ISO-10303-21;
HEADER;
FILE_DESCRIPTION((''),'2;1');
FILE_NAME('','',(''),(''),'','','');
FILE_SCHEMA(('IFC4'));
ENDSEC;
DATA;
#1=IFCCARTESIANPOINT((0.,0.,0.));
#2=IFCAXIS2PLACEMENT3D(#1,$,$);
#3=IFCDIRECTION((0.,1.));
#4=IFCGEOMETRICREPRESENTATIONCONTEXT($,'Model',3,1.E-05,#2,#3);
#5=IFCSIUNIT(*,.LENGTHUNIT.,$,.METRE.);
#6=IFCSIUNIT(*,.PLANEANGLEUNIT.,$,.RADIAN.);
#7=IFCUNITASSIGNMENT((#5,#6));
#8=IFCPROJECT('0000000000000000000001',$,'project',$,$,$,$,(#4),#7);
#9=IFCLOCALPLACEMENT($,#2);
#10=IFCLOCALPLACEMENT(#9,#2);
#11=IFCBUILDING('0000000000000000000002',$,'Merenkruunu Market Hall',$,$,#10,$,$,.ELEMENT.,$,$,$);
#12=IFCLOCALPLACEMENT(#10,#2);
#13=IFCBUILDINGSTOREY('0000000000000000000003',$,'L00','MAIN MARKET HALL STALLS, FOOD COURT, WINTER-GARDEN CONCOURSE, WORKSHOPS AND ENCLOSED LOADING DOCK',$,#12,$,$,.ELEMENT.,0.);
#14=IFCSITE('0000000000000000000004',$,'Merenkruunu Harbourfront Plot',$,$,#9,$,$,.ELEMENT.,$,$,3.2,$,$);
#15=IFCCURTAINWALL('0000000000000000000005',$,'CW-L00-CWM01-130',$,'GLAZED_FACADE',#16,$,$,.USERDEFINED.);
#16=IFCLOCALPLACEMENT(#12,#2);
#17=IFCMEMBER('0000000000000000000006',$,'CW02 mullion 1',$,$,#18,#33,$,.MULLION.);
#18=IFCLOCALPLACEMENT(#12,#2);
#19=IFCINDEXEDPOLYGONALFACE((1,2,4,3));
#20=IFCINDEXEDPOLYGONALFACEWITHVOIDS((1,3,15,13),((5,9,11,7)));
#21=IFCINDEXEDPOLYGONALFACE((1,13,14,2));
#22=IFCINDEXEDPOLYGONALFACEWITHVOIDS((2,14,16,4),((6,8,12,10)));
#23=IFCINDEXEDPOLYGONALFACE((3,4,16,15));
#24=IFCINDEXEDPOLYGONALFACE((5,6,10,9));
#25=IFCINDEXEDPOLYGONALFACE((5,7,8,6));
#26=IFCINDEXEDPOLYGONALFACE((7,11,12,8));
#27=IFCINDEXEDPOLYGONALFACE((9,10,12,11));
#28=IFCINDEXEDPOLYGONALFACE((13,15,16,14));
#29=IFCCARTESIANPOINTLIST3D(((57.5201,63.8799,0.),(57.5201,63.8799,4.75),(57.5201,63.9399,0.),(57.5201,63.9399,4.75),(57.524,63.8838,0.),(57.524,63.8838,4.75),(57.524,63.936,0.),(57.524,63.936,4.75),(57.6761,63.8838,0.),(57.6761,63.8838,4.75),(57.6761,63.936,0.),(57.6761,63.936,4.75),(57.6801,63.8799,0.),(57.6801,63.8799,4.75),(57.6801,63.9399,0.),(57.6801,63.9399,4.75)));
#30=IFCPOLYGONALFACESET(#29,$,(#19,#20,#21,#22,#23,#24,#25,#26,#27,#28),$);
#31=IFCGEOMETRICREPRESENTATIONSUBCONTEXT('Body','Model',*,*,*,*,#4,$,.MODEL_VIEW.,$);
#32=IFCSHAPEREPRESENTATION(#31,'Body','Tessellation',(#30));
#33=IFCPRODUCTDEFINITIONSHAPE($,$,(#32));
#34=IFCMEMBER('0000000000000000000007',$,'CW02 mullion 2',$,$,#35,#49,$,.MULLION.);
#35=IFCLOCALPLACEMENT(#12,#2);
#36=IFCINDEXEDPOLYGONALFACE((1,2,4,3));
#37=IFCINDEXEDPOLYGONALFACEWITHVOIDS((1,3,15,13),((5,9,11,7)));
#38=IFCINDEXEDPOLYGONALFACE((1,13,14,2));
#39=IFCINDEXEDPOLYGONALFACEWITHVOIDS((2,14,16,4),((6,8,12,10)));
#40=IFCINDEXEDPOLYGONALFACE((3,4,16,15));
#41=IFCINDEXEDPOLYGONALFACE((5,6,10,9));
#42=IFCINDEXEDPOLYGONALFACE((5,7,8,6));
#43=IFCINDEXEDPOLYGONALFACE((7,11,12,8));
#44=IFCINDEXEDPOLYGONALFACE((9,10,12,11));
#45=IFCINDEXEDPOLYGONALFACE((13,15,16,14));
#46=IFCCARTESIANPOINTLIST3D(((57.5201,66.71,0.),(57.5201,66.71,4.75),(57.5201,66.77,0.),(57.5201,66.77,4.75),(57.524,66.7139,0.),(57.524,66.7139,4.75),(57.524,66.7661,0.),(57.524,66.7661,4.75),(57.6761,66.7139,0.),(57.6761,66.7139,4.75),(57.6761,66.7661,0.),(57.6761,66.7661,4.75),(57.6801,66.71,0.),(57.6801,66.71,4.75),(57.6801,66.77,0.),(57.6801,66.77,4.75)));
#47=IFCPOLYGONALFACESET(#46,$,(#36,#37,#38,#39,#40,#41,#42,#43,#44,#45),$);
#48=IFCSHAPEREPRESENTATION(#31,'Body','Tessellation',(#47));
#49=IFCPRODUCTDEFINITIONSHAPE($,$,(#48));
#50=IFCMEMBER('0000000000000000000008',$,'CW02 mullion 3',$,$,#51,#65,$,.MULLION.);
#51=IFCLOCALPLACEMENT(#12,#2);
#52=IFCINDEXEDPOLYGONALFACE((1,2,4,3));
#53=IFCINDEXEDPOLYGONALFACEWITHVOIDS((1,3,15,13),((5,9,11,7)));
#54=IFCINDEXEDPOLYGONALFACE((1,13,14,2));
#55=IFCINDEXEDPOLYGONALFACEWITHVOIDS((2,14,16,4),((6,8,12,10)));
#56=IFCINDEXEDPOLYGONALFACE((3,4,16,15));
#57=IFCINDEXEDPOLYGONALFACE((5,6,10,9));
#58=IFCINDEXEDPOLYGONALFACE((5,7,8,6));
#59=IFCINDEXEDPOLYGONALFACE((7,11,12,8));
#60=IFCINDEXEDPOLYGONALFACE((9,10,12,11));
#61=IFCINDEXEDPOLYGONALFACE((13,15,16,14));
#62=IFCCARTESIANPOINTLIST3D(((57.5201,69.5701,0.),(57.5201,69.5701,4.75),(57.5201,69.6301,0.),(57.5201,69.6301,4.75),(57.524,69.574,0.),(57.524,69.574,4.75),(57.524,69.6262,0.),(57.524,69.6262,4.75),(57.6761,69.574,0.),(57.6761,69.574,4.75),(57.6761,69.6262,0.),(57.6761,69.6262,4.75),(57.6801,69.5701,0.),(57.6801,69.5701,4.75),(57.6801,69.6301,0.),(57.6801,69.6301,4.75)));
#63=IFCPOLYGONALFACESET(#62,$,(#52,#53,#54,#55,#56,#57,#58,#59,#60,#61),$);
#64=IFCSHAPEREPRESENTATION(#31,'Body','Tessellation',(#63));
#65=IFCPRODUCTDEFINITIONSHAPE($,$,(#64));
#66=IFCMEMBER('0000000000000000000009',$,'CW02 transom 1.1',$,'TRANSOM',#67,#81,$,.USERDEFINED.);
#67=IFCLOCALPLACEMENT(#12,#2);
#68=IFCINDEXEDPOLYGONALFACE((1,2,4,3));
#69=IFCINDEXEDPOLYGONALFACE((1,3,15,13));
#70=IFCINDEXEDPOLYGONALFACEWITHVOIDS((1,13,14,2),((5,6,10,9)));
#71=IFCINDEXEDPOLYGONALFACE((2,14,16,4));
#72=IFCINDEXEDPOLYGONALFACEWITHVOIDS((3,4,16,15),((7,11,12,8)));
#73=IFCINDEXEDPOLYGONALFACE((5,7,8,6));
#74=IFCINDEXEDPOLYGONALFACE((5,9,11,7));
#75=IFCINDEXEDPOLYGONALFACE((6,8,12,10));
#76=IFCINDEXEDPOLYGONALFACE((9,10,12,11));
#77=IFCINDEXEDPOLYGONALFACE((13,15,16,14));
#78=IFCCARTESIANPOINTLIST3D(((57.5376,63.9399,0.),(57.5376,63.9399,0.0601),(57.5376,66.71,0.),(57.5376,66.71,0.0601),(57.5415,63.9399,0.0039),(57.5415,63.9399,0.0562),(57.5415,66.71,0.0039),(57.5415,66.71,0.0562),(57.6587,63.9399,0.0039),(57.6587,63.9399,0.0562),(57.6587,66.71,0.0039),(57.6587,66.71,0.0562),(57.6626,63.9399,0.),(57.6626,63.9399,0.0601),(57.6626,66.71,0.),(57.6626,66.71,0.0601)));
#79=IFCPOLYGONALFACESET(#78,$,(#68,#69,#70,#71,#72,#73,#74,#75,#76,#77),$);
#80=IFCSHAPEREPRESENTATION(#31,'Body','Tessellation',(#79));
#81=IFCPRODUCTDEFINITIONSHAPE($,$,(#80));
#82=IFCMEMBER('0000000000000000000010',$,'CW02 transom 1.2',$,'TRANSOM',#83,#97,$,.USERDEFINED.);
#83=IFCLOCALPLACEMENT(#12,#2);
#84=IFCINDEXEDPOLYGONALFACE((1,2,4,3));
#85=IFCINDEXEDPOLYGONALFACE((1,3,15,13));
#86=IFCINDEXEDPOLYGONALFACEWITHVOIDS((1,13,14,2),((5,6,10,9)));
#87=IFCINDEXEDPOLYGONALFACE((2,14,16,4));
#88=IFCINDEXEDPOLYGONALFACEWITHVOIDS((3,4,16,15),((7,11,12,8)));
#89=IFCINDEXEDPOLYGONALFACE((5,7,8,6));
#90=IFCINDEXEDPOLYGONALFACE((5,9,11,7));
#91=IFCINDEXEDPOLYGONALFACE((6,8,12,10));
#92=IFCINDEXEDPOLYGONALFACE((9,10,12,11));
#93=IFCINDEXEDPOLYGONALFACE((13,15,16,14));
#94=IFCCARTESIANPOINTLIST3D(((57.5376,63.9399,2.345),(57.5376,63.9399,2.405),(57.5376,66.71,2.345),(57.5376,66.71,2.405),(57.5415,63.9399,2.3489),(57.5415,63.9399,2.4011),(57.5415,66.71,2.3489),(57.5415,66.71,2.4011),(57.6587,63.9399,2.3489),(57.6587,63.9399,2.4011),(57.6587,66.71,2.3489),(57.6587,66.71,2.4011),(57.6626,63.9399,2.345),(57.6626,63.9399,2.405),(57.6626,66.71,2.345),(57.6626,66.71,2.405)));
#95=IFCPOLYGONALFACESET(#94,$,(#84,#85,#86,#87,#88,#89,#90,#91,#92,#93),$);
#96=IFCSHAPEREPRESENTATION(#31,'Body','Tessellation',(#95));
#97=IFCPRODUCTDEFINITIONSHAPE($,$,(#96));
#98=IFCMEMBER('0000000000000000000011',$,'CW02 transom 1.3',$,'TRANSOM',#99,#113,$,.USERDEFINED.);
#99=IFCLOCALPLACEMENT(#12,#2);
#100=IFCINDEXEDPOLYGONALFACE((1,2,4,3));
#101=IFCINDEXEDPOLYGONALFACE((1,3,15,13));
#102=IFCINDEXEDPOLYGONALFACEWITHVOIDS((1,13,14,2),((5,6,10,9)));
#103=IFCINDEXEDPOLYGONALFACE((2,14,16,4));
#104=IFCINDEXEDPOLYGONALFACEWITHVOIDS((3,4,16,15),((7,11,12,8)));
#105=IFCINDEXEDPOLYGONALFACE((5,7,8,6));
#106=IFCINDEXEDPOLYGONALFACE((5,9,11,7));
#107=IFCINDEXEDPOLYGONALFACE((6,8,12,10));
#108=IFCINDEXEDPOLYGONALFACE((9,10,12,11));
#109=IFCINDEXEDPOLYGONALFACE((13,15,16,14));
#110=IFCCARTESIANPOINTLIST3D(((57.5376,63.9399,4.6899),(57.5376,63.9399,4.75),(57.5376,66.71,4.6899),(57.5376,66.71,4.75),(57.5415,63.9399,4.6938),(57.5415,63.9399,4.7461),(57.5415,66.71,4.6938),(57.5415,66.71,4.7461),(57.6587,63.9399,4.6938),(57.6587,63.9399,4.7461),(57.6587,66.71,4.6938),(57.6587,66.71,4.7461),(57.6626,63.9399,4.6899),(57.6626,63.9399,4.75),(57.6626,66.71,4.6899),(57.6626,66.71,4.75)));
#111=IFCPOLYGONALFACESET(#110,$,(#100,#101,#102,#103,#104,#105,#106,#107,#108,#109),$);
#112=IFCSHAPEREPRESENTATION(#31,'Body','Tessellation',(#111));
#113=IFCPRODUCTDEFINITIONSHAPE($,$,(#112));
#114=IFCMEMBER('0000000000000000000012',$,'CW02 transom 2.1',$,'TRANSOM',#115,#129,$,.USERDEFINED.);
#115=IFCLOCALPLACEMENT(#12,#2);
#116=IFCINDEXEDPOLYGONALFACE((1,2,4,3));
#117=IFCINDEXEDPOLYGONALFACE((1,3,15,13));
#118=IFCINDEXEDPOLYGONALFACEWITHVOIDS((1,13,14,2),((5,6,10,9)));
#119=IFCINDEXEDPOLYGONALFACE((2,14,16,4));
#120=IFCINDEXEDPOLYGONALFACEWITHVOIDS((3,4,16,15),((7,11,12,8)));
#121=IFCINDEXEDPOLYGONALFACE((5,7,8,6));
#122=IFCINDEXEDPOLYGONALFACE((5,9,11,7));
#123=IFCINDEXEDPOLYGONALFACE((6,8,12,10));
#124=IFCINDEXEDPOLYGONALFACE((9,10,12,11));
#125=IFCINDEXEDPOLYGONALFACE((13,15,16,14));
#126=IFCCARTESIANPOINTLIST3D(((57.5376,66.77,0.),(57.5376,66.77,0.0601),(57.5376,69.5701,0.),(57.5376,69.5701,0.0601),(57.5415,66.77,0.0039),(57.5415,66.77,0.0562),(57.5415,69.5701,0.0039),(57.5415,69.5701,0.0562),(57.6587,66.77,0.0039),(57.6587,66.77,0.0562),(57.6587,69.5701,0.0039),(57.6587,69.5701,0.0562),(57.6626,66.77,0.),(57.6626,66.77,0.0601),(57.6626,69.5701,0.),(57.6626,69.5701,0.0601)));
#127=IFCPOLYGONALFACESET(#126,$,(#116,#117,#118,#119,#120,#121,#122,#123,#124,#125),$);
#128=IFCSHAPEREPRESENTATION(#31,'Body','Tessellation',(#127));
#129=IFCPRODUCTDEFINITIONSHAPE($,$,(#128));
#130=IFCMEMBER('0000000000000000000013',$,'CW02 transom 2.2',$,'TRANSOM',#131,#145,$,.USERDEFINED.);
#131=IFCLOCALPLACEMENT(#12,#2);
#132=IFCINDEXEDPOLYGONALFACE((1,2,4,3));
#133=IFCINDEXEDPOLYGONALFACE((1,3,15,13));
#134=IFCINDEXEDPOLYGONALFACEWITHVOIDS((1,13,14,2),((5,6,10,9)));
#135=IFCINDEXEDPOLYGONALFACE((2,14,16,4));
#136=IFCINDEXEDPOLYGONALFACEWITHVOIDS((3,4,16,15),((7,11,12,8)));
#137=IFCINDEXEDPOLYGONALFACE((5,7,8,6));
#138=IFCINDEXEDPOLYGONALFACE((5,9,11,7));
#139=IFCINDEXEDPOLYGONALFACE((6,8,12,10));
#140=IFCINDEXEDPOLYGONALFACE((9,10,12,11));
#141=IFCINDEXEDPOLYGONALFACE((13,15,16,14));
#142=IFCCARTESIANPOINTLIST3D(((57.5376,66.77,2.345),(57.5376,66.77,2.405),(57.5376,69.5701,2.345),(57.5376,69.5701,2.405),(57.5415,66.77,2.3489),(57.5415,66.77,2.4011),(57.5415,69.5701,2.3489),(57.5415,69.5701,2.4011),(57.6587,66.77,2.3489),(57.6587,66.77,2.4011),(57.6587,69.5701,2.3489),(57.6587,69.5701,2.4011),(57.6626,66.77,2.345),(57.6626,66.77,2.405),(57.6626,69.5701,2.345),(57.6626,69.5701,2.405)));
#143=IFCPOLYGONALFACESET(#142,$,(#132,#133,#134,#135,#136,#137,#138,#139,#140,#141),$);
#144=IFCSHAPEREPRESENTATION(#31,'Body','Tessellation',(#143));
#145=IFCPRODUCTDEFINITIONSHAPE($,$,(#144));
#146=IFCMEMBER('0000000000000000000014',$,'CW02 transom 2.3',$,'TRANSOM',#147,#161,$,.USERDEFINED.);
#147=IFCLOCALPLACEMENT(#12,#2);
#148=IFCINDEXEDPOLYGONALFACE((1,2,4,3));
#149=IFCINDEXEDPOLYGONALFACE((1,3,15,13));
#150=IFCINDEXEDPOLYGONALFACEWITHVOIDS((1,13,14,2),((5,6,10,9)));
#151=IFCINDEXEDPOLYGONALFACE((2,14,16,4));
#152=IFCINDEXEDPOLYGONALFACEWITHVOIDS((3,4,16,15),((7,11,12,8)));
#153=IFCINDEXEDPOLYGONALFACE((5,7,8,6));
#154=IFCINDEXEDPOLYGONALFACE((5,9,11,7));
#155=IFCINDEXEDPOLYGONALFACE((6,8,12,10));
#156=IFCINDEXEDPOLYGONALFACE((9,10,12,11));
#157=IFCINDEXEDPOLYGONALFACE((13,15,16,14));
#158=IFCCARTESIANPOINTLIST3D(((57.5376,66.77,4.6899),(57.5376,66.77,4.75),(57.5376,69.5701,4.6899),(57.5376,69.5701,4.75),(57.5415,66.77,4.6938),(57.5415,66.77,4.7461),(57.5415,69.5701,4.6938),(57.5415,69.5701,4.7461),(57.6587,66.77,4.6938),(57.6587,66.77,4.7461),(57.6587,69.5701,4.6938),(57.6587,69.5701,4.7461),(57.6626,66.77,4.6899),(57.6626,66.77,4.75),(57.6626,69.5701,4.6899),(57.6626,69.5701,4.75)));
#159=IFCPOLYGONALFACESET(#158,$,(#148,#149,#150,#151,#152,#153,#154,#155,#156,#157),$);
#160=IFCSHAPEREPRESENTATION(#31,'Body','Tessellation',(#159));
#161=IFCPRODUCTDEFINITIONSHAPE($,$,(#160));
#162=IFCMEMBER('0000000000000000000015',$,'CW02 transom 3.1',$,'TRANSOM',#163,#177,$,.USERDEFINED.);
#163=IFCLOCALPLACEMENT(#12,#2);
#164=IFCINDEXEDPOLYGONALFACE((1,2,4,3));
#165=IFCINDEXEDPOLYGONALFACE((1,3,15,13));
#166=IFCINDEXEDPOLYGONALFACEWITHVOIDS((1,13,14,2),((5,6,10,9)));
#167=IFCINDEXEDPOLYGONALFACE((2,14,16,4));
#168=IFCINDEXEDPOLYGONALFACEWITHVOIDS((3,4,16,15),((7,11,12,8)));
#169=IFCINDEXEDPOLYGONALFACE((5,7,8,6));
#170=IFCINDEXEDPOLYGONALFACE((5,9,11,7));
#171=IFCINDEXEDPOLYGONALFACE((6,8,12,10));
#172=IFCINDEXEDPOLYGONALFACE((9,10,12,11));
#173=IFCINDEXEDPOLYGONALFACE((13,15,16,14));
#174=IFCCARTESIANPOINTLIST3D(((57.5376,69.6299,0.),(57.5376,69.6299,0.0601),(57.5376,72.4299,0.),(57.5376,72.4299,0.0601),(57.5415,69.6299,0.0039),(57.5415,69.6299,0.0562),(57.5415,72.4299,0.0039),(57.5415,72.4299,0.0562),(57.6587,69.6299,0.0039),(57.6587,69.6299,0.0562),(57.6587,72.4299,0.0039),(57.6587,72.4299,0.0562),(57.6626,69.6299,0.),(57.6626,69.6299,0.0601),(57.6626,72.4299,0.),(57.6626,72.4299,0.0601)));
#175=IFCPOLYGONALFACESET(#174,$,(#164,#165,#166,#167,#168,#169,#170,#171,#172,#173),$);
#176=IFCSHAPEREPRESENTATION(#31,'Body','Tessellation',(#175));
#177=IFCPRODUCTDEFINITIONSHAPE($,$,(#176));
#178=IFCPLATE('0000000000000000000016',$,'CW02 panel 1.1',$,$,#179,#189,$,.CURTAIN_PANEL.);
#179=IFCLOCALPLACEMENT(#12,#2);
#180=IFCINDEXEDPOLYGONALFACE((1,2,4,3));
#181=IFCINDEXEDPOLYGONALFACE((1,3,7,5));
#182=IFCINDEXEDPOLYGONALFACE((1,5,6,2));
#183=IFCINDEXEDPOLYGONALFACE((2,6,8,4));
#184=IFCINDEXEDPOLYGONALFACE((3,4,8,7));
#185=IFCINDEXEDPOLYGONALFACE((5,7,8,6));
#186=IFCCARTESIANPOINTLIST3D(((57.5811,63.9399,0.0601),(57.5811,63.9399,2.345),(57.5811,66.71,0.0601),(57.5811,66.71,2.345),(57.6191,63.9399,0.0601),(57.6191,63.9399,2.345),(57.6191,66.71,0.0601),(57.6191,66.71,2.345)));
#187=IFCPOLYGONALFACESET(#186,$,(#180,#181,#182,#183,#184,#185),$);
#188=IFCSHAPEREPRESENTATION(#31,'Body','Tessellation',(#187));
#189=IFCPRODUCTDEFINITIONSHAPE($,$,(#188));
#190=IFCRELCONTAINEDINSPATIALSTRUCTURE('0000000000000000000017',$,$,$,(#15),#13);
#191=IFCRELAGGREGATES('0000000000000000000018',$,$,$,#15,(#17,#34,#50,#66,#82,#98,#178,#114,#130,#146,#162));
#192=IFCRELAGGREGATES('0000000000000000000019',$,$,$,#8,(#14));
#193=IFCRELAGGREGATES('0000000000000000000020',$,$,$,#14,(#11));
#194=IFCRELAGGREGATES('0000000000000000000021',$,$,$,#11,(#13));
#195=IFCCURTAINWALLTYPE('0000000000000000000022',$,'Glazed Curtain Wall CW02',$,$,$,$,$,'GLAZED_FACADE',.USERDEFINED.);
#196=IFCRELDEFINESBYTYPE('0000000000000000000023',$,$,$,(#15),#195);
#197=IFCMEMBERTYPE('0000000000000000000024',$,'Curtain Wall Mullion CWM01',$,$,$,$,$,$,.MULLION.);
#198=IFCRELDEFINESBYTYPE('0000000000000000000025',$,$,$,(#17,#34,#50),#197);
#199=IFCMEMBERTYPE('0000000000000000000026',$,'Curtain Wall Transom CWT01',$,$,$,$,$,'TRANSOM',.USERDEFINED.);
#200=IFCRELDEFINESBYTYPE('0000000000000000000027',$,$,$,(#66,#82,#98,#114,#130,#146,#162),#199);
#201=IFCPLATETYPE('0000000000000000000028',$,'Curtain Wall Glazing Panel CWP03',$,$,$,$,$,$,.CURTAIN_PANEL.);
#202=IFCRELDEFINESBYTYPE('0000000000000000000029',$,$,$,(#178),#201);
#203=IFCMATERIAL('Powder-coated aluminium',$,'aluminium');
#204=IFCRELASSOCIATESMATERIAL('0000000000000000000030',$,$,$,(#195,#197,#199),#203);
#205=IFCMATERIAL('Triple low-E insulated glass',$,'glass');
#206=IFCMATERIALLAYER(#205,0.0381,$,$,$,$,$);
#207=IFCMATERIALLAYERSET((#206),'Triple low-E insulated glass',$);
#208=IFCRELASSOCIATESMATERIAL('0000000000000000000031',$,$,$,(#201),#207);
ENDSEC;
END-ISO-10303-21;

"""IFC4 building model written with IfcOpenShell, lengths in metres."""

from ifc_helpers import new_model, si_unit, direction, frame, origin, origin_2d, place, context, subcontext, project, spatial, rectangle, hollow_rectangle, extrude, material, layer, layer_set, material_profile, profile_set, type_object, element, aggregate, save


model = new_model("IFC4")

# Units and contexts
model_context = context("Model", 3, precision=1e-05, world=origin(), true_north=direction((0.0, 1.0)))
body_context = subcontext(model_context, "Body", "Model", "MODEL_VIEW")
ifc_project = project(units=[si_unit("LENGTHUNIT", "METRE"), si_unit("PLANEANGLEUNIT", "RADIAN")], contexts=[model_context])

# Site, building, storey
site_placement = place(None, origin())
site = spatial("IfcSite", under=ifc_project, at=site_placement, Name="Merenkruunu Harbourfront Plot", CompositionType="ELEMENT", RefElevation=3.2)
building_placement = place(site_placement, origin())
building = spatial("IfcBuilding", under=site, at=building_placement, Name="Merenkruunu Market Hall", CompositionType="ELEMENT")
storey_placement = place(building_placement, origin())
storey = spatial("IfcBuildingStorey", under=building, at=storey_placement, Name="L00", Description="MAIN MARKET HALL STALLS, FOOD COURT, WINTER-GARDEN CONCOURSE, WORKSHOPS AND ENCLOSED LOADING DOCK", CompositionType="ELEMENT", Elevation=0.0)

# Curtain wall, members, plate
ifc_material_1 = material(Name="Powder-coated aluminium", Category="aluminium")
curtain_wall_type = type_object("IfcCurtainWallType", Name="Glazed Curtain Wall CW02", ElementType="GLAZED_FACADE", PredefinedType="USERDEFINED", material=ifc_material_1)
curtain_wall_placement = place(storey_placement, origin())
curtain_wall = element("IfcCurtainWall", 1, at=curtain_wall_placement, inside=storey, type_object=curtain_wall_type, Name="CW-L00-CWM01-130", ObjectType="GLAZED_FACADE", PredefinedType="USERDEFINED")
ifc_material_profile_1 = material_profile(ifc_material_1, hollow_rectangle(XDim=0.0601, YDim=0.1599, WallThickness=0.0039, at=origin_2d()), Name="ALU 60x160x4")
ifc_profile_set_1 = profile_set([ifc_material_profile_1], Name="Powder-coated aluminium")
member_type_1 = type_object("IfcMemberType", Name="Curtain Wall Mullion CWM01", PredefinedType="MULLION", material=ifc_profile_set_1)
member_1_placement = place(storey_placement, frame((57.6001, 63.9099, 0.0), z_axis=(0.0, 0.0, 1.0), x_axis=(0.0, 1.0, 0.0)))
member_1 = element("IfcMember", 2, at=member_1_placement, type_object=member_type_1, Name="CW02 mullion 1", PredefinedType="MULLION", context=body_context, shape_type="SweptSolid", body=[
    extrude(hollow_rectangle(XDim=0.0601, YDim=0.1599, WallThickness=0.0039, at=origin_2d()), origin(), (0.0, 0.0, 1.0), 4.75),
])
member_2_placement = place(storey_placement, frame((57.6001, 66.74, 0.0), z_axis=(0.0, 0.0, 1.0), x_axis=(0.0, 1.0, 0.0)))
member_2 = element("IfcMember", 3, at=member_2_placement, type_object=member_type_1, Name="CW02 mullion 2", PredefinedType="MULLION", context=body_context, shape_type="SweptSolid", body=[
    extrude(hollow_rectangle(XDim=0.0601, YDim=0.1599, WallThickness=0.0039, at=origin_2d()), origin(), (0.0, 0.0, 1.0), 4.75),
])
member_3_placement = place(storey_placement, frame((57.6001, 69.6001, 0.0), z_axis=(0.0, 0.0, 1.0), x_axis=(0.0, 1.0, 0.0)))
member_3 = element("IfcMember", 4, at=member_3_placement, type_object=member_type_1, Name="CW02 mullion 3", PredefinedType="MULLION", context=body_context, shape_type="SweptSolid", body=[
    extrude(hollow_rectangle(XDim=0.0601, YDim=0.1599, WallThickness=0.0039, at=origin_2d()), origin(), (0.0, 0.0, 1.0), 4.75),
])
ifc_material_profile_2 = material_profile(ifc_material_1, hollow_rectangle(XDim=0.0601, YDim=0.125, WallThickness=0.0039, at=origin_2d()), Name="ALU 60x125x4")
ifc_profile_set_2 = profile_set([ifc_material_profile_2], Name="Powder-coated aluminium")
member_type_2 = type_object("IfcMemberType", Name="Curtain Wall Transom CWT01", ElementType="TRANSOM", PredefinedType="USERDEFINED", material=ifc_profile_set_2)
member_4_placement = place(storey_placement, frame((57.6001, 63.9399, 0.03), z_axis=(0.0, 1.0, 0.0), x_axis=(0.0, 0.0, 1.0)))
member_4 = element("IfcMember", 5, at=member_4_placement, type_object=member_type_2, Name="CW02 transom 1.1", ObjectType="TRANSOM", PredefinedType="USERDEFINED", context=body_context, shape_type="SweptSolid", body=[
    extrude(hollow_rectangle(XDim=0.0601, YDim=0.125, WallThickness=0.0039, at=origin_2d()), origin(), (0.0, 0.0, 1.0), 2.77),
])
member_5_placement = place(storey_placement, frame((57.6001, 63.9399, 2.375), z_axis=(0.0, 1.0, 0.0), x_axis=(0.0, 0.0, 1.0)))
member_5 = element("IfcMember", 6, at=member_5_placement, type_object=member_type_2, Name="CW02 transom 1.2", ObjectType="TRANSOM", PredefinedType="USERDEFINED", context=body_context, shape_type="SweptSolid", body=[
    extrude(hollow_rectangle(XDim=0.0601, YDim=0.125, WallThickness=0.0039, at=origin_2d()), origin(), (0.0, 0.0, 1.0), 2.77),
])
member_6_placement = place(storey_placement, frame((57.6001, 63.9399, 4.72), z_axis=(0.0, 1.0, 0.0), x_axis=(0.0, 0.0, 1.0)))
member_6 = element("IfcMember", 7, at=member_6_placement, type_object=member_type_2, Name="CW02 transom 1.3", ObjectType="TRANSOM", PredefinedType="USERDEFINED", context=body_context, shape_type="SweptSolid", body=[
    extrude(hollow_rectangle(XDim=0.0601, YDim=0.125, WallThickness=0.0039, at=origin_2d()), origin(), (0.0, 0.0, 1.0), 2.77),
])
member_7_placement = place(storey_placement, frame((57.6001, 66.77, 0.03), z_axis=(0.0, 1.0, 0.0), x_axis=(0.0, 0.0, 1.0)))
member_7 = element("IfcMember", 8, at=member_7_placement, type_object=member_type_2, Name="CW02 transom 2.1", ObjectType="TRANSOM", PredefinedType="USERDEFINED", context=body_context, shape_type="SweptSolid", body=[
    extrude(hollow_rectangle(XDim=0.0601, YDim=0.125, WallThickness=0.0039, at=origin_2d()), origin(), (0.0, 0.0, 1.0), 2.8),
])
member_8_placement = place(storey_placement, frame((57.6001, 66.77, 2.375), z_axis=(0.0, 1.0, 0.0), x_axis=(0.0, 0.0, 1.0)))
member_8 = element("IfcMember", 9, at=member_8_placement, type_object=member_type_2, Name="CW02 transom 2.2", ObjectType="TRANSOM", PredefinedType="USERDEFINED", context=body_context, shape_type="SweptSolid", body=[
    extrude(hollow_rectangle(XDim=0.0601, YDim=0.125, WallThickness=0.0039, at=origin_2d()), origin(), (0.0, 0.0, 1.0), 2.8),
])
member_9_placement = place(storey_placement, frame((57.6001, 66.77, 4.72), z_axis=(0.0, 1.0, 0.0), x_axis=(0.0, 0.0, 1.0)))
member_9 = element("IfcMember", 10, at=member_9_placement, type_object=member_type_2, Name="CW02 transom 2.3", ObjectType="TRANSOM", PredefinedType="USERDEFINED", context=body_context, shape_type="SweptSolid", body=[
    extrude(hollow_rectangle(XDim=0.0601, YDim=0.125, WallThickness=0.0039, at=origin_2d()), origin(), (0.0, 0.0, 1.0), 2.8),
])
member_10_placement = place(storey_placement, frame((57.6001, 69.6299, 0.03), z_axis=(0.0, 1.0, 0.0), x_axis=(0.0, 0.0, 1.0)))
member_10 = element("IfcMember", 11, at=member_10_placement, type_object=member_type_2, Name="CW02 transom 3.1", ObjectType="TRANSOM", PredefinedType="USERDEFINED", context=body_context, shape_type="SweptSolid", body=[
    extrude(hollow_rectangle(XDim=0.0601, YDim=0.125, WallThickness=0.0039, at=origin_2d()), origin(), (0.0, 0.0, 1.0), 2.8),
])
ifc_material_2 = material(Name="Triple low-E insulated glass", Category="glass")
ifc_layer_1 = layer(ifc_material_2, 0.0381)
ifc_layer_set_1 = layer_set([ifc_layer_1], Name="Triple low-E insulated glass")
plate_type = type_object("IfcPlateType", Name="Curtain Wall Glazing Panel CWP03", PredefinedType="CURTAIN_PANEL", material=ifc_layer_set_1)
plate_1_placement = place(storey_placement, frame((57.6001, 65.325, 0.0601), z_axis=(0.0, 0.0, 1.0), x_axis=(0.0, 1.0, 0.0)))
plate_1 = element("IfcPlate", 12, at=plate_1_placement, type_object=plate_type, Name="CW02 panel 1.1", PredefinedType="CURTAIN_PANEL", context=body_context, shape_type="SweptSolid", body=[
    extrude(rectangle(XDim=2.77, YDim=0.0381, at=origin_2d()), origin(), (0.0, 0.0, 1.0), 2.2849),
])
aggregate(curtain_wall, [member_1, member_2, member_3, member_4, member_5, member_6, plate_1, member_7, member_8, member_9, member_10])

save(model, "model.ifc")
